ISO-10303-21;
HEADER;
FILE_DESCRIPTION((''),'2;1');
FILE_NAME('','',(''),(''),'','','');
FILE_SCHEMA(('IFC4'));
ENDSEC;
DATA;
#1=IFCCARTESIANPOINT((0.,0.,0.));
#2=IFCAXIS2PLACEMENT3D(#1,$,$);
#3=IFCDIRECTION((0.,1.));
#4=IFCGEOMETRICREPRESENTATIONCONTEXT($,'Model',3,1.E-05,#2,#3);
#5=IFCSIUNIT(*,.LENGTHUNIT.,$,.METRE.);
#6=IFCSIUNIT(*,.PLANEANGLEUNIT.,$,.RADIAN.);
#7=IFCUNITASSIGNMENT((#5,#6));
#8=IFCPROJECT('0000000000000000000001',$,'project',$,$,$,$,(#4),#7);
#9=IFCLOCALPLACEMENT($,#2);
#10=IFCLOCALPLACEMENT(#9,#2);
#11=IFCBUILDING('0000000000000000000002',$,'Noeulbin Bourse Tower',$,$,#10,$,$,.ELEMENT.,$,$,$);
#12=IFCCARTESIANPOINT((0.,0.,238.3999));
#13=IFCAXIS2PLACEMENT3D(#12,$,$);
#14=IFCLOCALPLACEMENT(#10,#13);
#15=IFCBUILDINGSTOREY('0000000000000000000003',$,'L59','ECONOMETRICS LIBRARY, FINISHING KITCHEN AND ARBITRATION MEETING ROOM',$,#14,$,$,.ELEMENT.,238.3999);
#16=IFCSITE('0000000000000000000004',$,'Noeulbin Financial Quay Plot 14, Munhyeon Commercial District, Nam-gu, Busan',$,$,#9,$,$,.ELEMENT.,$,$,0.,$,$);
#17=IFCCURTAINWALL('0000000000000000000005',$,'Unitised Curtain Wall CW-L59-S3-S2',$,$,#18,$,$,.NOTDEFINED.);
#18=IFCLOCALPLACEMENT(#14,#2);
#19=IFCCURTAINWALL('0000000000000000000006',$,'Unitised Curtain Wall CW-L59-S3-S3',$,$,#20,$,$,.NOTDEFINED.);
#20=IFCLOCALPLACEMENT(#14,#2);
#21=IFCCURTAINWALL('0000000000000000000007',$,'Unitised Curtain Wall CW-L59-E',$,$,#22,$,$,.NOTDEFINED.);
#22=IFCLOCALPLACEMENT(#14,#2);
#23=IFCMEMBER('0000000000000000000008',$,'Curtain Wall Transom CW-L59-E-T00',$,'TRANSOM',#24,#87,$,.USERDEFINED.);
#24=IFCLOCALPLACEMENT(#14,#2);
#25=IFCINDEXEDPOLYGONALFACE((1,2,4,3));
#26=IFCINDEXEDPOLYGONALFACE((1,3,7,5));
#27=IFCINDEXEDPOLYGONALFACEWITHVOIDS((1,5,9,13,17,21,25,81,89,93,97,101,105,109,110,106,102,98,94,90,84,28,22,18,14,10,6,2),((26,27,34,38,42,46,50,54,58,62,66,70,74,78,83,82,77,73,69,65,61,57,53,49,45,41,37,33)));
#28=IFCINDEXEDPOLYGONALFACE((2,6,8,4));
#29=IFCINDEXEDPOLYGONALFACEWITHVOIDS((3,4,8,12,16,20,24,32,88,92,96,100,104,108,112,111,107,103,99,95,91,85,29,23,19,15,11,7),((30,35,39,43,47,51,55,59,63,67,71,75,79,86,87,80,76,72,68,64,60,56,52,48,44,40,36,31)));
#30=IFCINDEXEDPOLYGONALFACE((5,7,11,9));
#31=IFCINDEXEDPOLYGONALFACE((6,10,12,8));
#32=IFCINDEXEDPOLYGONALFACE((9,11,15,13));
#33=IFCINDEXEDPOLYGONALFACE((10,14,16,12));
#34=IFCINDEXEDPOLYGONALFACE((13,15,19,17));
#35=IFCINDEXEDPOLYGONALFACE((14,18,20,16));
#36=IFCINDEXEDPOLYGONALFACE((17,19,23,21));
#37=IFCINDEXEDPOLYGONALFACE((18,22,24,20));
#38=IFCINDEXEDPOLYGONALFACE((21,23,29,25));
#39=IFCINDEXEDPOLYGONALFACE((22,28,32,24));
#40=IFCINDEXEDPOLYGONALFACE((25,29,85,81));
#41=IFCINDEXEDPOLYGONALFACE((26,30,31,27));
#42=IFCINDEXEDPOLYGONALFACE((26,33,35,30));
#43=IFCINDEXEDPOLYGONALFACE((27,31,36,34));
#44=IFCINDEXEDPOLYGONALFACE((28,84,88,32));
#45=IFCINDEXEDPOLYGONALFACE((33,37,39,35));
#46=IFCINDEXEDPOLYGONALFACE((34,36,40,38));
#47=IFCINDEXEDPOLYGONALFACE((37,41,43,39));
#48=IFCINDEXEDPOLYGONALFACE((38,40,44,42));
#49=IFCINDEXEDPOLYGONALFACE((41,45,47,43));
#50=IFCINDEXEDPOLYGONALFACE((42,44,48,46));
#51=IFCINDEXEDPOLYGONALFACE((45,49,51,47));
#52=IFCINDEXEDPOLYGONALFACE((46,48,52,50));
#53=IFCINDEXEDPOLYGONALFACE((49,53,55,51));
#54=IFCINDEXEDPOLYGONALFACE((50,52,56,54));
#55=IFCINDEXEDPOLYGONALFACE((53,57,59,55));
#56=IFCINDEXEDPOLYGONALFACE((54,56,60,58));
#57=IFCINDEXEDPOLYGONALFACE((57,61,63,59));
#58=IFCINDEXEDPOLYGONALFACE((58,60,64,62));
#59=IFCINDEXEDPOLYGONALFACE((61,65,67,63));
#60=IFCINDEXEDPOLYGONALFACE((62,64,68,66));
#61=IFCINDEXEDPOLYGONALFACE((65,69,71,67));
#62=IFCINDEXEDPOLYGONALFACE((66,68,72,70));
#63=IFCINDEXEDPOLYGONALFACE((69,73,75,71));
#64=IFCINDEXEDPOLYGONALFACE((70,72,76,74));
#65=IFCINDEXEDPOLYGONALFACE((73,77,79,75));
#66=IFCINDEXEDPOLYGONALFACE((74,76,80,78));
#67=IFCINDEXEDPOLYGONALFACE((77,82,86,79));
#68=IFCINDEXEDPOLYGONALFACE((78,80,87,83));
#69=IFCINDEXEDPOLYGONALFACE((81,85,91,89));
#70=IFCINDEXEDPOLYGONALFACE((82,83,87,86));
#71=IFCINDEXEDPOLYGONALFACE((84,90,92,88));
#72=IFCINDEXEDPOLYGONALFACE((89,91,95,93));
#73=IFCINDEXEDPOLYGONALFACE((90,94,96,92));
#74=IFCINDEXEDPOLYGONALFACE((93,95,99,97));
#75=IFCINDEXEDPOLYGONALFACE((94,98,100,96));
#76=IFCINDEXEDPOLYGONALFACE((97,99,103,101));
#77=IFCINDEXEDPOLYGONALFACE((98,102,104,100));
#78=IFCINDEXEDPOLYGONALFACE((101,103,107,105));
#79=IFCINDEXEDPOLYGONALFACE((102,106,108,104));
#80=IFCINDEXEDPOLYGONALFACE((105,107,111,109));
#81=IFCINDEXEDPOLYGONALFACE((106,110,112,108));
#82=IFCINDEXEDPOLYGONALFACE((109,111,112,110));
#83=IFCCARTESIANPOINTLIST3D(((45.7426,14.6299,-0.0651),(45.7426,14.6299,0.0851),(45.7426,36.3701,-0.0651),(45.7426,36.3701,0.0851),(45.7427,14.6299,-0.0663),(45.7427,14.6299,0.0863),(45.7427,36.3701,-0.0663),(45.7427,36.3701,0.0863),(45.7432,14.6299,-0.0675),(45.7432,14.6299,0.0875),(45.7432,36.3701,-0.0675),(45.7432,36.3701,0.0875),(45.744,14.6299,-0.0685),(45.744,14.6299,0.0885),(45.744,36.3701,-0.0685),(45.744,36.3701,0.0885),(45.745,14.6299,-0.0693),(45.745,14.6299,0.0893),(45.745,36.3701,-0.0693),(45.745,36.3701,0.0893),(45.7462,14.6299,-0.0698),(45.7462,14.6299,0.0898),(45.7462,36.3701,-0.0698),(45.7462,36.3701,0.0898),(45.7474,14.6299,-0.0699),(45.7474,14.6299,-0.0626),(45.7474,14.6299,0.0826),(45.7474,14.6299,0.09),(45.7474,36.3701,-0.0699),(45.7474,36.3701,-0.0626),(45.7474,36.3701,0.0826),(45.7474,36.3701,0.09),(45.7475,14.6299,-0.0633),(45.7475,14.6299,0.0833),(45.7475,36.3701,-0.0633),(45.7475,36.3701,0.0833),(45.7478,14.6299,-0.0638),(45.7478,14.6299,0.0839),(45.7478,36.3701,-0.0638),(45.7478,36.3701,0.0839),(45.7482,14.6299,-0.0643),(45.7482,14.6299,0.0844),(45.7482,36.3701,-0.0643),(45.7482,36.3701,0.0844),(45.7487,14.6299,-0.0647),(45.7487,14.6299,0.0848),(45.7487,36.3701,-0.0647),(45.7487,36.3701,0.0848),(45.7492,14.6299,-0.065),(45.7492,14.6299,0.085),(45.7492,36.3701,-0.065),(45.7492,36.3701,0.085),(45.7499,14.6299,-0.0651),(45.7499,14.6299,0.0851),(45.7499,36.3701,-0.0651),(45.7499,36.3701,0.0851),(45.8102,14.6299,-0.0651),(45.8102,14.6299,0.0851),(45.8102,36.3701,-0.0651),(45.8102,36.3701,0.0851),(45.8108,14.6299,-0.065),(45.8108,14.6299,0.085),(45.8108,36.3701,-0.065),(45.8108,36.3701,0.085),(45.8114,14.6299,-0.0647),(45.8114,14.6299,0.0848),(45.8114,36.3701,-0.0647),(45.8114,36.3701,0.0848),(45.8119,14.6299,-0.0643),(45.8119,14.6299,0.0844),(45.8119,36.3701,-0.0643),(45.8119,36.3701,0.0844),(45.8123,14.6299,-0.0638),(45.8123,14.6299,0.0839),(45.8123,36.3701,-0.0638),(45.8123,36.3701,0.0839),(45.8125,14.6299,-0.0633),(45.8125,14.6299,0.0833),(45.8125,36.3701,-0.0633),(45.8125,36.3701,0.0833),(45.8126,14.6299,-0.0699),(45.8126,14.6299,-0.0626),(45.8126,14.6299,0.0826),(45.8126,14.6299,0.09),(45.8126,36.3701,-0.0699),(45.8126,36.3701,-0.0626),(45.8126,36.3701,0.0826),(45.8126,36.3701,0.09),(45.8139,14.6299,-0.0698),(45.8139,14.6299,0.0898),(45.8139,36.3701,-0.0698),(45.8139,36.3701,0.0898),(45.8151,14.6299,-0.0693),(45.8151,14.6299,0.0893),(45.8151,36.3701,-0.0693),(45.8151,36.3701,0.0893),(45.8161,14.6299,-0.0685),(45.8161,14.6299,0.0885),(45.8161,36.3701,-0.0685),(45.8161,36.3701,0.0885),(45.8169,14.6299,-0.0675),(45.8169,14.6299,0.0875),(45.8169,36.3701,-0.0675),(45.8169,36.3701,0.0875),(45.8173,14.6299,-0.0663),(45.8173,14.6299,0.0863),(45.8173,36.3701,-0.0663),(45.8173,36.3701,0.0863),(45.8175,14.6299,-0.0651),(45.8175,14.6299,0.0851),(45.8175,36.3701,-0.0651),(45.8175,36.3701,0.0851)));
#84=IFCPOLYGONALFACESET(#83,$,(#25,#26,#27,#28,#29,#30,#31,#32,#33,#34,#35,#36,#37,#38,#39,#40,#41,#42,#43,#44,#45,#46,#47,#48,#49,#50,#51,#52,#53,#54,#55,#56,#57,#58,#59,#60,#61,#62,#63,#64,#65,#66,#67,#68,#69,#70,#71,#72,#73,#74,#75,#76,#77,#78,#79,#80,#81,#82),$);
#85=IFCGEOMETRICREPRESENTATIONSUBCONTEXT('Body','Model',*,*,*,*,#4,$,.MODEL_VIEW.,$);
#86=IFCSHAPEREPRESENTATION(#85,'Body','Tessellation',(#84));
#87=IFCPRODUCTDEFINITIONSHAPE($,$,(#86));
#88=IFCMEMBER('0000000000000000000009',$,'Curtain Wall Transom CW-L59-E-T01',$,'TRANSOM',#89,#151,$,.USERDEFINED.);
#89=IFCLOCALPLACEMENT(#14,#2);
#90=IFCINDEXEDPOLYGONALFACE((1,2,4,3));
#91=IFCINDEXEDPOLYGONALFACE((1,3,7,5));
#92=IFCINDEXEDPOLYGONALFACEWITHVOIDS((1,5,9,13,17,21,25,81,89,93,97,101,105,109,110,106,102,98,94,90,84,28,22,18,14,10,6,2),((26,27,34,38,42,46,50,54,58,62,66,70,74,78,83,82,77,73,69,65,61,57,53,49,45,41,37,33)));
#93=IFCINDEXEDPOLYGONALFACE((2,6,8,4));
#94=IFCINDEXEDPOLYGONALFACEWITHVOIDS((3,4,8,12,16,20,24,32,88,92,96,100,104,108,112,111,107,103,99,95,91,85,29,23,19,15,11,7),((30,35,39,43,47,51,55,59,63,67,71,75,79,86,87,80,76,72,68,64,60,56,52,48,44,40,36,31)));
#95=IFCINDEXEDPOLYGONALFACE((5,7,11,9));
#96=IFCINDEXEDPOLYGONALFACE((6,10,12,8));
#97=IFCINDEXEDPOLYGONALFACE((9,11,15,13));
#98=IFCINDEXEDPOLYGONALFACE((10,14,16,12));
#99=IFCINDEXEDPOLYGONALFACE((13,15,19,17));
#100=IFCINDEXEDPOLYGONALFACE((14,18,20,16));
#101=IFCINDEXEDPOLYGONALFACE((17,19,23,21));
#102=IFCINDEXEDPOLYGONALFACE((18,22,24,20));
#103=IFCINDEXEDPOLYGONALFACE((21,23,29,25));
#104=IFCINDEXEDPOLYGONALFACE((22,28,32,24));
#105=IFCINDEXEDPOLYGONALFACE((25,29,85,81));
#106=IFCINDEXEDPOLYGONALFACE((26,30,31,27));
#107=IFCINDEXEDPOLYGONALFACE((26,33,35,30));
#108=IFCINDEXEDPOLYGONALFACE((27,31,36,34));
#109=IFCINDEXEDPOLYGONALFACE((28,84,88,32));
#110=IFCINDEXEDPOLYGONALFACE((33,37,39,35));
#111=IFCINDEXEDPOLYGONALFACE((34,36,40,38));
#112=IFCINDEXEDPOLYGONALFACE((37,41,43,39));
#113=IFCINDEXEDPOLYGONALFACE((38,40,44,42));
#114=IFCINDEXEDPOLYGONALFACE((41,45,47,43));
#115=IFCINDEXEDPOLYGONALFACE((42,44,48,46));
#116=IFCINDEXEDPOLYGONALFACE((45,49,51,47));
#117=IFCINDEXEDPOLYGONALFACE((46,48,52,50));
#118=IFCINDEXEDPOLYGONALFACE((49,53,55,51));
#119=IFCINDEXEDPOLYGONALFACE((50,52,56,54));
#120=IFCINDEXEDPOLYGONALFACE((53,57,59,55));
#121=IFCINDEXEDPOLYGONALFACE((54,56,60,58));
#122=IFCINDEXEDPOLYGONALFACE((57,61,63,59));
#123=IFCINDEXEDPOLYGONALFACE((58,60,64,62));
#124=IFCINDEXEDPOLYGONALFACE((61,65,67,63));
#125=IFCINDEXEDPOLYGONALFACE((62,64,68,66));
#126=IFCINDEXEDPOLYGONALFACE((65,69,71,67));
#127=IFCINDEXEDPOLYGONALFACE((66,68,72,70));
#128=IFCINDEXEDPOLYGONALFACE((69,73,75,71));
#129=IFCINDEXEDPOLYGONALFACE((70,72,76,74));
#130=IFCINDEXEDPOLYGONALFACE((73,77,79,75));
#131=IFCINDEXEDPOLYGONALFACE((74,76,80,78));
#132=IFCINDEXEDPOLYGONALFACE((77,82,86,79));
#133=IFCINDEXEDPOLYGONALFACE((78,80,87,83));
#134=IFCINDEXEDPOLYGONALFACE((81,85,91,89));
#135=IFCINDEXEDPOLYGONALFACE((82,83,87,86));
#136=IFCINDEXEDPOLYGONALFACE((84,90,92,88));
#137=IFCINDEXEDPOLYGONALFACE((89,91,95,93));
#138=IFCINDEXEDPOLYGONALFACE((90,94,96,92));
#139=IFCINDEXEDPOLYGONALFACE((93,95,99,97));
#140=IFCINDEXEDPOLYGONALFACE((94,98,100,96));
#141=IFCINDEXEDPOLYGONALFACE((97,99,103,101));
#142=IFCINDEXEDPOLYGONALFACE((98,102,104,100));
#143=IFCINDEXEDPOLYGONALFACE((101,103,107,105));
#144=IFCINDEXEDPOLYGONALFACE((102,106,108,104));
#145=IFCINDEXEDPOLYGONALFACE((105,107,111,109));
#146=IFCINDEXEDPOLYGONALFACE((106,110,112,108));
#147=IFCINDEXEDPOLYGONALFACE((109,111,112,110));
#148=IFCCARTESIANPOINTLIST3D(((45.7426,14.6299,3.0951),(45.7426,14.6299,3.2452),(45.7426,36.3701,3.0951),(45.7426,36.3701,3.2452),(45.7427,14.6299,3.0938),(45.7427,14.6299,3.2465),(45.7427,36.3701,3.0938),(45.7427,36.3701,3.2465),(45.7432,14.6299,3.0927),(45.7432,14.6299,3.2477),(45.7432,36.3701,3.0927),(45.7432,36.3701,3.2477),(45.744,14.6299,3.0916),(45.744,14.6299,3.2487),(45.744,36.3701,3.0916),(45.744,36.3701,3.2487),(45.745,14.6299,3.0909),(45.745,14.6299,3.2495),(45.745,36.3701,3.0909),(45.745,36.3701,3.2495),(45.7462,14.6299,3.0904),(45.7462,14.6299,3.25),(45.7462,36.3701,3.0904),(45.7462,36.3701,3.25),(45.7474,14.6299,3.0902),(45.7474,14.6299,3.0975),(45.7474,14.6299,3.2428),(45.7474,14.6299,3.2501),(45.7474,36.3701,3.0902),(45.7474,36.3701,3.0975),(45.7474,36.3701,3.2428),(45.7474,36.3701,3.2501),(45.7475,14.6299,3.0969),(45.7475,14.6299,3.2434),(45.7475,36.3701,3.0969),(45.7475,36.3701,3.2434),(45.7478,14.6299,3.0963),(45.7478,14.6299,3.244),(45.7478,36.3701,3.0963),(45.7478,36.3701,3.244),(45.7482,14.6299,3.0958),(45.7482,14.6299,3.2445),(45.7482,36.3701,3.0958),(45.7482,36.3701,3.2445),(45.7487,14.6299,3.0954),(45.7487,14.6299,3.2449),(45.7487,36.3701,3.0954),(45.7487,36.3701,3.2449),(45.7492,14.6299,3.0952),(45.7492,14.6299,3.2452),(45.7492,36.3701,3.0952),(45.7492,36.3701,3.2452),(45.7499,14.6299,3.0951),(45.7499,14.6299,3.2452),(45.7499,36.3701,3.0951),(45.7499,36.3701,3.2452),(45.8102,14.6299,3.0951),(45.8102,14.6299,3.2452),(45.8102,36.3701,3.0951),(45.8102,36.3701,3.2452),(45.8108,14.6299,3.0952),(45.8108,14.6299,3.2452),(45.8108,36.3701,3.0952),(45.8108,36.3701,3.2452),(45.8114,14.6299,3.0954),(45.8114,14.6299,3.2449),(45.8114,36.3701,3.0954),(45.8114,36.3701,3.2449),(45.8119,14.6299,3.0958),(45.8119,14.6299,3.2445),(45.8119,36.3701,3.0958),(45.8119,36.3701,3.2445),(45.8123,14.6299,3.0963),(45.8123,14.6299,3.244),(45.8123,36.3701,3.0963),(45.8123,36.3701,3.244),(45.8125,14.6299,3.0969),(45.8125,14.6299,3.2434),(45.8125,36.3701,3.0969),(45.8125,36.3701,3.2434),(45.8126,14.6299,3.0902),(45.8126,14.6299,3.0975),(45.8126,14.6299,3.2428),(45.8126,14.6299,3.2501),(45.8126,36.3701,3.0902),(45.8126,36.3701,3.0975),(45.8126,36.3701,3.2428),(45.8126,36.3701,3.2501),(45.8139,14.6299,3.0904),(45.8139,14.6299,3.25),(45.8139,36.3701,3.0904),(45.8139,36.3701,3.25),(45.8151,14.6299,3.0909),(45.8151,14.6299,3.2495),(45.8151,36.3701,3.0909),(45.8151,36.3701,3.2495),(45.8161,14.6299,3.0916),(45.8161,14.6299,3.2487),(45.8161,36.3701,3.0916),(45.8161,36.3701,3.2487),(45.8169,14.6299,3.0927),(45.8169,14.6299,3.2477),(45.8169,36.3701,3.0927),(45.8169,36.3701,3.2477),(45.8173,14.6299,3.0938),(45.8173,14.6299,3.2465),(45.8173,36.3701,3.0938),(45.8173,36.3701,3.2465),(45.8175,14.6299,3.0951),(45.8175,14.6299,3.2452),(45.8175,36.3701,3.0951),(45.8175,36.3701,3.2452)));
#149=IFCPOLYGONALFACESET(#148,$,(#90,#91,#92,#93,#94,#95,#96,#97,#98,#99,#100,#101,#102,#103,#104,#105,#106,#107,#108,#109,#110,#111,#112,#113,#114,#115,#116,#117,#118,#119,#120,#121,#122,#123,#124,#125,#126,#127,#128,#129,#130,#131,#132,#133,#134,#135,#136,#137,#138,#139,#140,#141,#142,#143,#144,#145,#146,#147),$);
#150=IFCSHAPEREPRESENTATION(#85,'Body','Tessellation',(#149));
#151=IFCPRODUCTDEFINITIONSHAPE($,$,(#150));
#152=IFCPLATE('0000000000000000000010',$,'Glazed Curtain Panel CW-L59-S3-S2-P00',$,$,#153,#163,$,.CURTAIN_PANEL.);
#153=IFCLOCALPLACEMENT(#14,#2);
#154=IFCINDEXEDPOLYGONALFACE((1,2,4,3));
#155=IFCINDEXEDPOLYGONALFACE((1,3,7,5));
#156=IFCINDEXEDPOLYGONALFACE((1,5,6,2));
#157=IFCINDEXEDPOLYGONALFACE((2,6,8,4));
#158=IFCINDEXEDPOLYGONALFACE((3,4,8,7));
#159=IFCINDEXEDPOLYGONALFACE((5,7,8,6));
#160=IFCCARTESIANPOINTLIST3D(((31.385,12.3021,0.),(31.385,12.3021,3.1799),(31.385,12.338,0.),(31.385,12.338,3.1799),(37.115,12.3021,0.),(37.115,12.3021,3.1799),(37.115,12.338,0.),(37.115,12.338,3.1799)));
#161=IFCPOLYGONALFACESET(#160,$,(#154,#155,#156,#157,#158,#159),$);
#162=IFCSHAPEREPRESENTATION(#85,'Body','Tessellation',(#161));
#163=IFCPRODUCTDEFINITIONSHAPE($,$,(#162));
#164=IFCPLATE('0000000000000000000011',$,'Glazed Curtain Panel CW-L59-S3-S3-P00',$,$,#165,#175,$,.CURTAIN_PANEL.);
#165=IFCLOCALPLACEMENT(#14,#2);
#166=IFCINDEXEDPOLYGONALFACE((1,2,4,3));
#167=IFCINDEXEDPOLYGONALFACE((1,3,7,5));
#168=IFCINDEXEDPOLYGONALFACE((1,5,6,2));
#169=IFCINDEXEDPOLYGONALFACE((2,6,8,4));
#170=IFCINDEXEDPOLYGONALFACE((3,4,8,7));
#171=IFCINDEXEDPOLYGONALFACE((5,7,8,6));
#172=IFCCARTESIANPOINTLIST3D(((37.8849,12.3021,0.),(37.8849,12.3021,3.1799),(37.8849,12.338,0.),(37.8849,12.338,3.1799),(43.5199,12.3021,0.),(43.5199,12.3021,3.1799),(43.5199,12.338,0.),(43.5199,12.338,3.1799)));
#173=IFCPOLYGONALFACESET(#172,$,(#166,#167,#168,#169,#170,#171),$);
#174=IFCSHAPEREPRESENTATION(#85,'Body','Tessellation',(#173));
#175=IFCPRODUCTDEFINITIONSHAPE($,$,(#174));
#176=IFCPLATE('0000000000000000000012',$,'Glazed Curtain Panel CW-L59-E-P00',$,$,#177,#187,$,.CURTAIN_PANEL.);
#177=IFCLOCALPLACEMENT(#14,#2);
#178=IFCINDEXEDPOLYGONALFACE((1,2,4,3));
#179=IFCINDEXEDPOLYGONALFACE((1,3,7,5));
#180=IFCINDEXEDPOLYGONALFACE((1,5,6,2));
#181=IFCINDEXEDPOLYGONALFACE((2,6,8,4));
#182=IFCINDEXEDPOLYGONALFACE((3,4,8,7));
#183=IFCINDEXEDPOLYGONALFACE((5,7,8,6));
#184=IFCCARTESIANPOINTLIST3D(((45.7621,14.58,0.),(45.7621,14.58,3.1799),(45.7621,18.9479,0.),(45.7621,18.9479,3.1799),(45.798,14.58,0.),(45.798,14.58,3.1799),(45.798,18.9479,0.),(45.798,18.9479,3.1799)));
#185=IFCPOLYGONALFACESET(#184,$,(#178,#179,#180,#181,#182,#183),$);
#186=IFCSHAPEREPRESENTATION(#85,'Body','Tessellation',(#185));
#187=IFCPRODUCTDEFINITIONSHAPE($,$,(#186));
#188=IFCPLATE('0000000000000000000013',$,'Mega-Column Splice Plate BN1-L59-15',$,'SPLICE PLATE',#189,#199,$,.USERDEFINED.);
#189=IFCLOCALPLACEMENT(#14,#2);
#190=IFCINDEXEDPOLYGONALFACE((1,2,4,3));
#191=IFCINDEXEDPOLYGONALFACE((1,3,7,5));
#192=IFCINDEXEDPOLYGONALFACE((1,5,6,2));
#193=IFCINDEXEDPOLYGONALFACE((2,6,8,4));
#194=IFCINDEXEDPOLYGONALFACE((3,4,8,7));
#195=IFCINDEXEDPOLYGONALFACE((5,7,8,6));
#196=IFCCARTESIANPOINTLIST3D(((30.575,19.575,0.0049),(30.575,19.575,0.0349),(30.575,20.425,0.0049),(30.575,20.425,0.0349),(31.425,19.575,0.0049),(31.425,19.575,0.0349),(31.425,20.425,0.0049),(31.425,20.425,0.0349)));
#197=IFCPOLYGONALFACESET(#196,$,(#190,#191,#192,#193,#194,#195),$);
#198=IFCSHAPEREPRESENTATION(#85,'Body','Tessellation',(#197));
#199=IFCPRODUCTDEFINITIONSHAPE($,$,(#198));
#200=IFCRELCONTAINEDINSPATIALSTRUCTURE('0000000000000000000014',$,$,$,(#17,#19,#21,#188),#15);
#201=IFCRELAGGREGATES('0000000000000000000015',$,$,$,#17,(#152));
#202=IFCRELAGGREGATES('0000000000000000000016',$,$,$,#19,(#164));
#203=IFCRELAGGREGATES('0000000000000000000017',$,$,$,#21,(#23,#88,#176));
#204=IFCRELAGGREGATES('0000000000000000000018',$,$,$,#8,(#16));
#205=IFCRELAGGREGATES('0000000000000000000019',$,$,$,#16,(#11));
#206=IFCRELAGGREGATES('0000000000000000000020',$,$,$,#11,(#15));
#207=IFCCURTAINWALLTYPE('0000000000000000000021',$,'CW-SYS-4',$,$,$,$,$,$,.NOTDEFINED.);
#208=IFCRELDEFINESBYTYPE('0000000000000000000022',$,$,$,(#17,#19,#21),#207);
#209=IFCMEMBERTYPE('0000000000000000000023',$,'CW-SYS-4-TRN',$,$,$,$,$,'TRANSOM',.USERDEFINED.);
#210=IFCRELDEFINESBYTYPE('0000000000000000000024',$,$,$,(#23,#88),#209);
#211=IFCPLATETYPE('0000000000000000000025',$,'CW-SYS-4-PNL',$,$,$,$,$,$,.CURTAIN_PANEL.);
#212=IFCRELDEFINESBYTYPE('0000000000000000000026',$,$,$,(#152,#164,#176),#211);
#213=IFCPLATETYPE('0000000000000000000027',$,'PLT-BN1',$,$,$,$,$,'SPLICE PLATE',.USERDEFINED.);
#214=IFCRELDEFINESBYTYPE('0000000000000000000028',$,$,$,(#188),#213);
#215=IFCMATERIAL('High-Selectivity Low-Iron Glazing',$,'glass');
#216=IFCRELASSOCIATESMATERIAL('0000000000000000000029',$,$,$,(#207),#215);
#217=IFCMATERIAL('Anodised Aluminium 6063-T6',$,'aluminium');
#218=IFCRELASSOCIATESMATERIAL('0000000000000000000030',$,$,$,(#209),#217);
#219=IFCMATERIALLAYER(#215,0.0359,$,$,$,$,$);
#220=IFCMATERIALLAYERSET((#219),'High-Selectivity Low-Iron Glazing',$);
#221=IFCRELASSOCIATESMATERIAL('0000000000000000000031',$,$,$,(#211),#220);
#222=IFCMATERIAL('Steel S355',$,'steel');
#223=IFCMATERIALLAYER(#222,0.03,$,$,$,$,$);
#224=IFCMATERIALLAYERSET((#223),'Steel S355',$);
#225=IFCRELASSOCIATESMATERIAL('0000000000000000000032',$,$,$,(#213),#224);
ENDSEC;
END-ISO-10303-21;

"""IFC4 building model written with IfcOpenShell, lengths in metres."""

from ifc_helpers import new_model, si_unit, direction, frame, origin, origin_2d, place, context, subcontext, project, spatial, rectangle, hollow_rectangle, extrude, material, layer, layer_set, material_profile, profile_set, type_object, element, aggregate, save


model = new_model("IFC4")

# Units and contexts
model_context = context("Model", 3, precision=1e-05, world=origin(), true_north=direction((0.0, 1.0)))
body_context = subcontext(model_context, "Body", "Model", "MODEL_VIEW")
ifc_project = project(units=[si_unit("LENGTHUNIT", "METRE"), si_unit("PLANEANGLEUNIT", "RADIAN")], contexts=[model_context])

# Site, building, storey
site_placement = place(None, origin())
site = spatial("IfcSite", under=ifc_project, at=site_placement, Name="Noeulbin Financial Quay Plot 14, Munhyeon Commercial District, Nam-gu, Busan", CompositionType="ELEMENT", RefElevation=0.0)
building_placement = place(site_placement, origin())
building = spatial("IfcBuilding", under=site, at=building_placement, Name="Noeulbin Bourse Tower", CompositionType="ELEMENT")
storey_placement = place(building_placement, frame((0.0, 0.0, 238.3999)))
storey = spatial("IfcBuildingStorey", under=building, at=storey_placement, Name="L59", Description="ECONOMETRICS LIBRARY, FINISHING KITCHEN AND ARBITRATION MEETING ROOM", CompositionType="ELEMENT", Elevation=238.3999)

# Shared definitions
ifc_material_1 = material(Name="Steel S355", Category="steel")

# Curtain walls
ifc_material_2 = material(Name="High-Selectivity Low-Iron Glazing", Category="glass")
curtain_wall_type = type_object("IfcCurtainWallType", Name="CW-SYS-4", PredefinedType="NOTDEFINED", material=ifc_material_2)
curtain_wall_1_placement = place(storey_placement, origin())
curtain_wall_1 = element("IfcCurtainWall", 1, at=curtain_wall_1_placement, inside=storey, type_object=curtain_wall_type, Name="Unitised Curtain Wall CW-L59-S3-S2", PredefinedType="NOTDEFINED")
ifc_material_3 = material(Name="Anodised Aluminium 6063-T6", Category="aluminium")
curtain_wall_2_placement = place(storey_placement, origin())
curtain_wall_2 = element("IfcCurtainWall", 2, at=curtain_wall_2_placement, inside=storey, type_object=curtain_wall_type, Name="Unitised Curtain Wall CW-L59-S3-S3", PredefinedType="NOTDEFINED")
curtain_wall_3_placement = place(storey_placement, origin())
curtain_wall_3 = element("IfcCurtainWall", 3, at=curtain_wall_3_placement, inside=storey, type_object=curtain_wall_type, Name="Unitised Curtain Wall CW-L59-E", PredefinedType="NOTDEFINED")

# Members
ifc_material_profile_1 = material_profile(ifc_material_3, hollow_rectangle(XDim=0.075, YDim=0.1599, WallThickness=0.0049, InnerFilletRadius=0.0024, OuterFilletRadius=0.0049, at=origin_2d()), Name="ALU-TRAN-75x160x5", Category="LoadBearing")
ifc_profile_set_1 = profile_set([ifc_material_profile_1], Name="Anodised Aluminium 6063-T6")
member_type_1 = type_object("IfcMemberType", Name="CW-SYS-4-TRN", ElementType="TRANSOM", PredefinedType="USERDEFINED", material=ifc_profile_set_1)
member_1_placement = place(storey_placement, frame((45.78, 14.6299, 0.01), z_axis=(0.0, 1.0, 0.0), x_axis=(-1.0, 0.0, 0.0)))
member_1 = element("IfcMember", 4, at=member_1_placement, type_object=member_type_1, Name="Curtain Wall Transom CW-L59-E-T00", ObjectType="TRANSOM", PredefinedType="USERDEFINED", context=body_context, shape_type="SweptSolid", body=[
    extrude(hollow_rectangle(XDim=0.075, YDim=0.1599, WallThickness=0.0049, InnerFilletRadius=0.0024, OuterFilletRadius=0.0049, at=origin_2d()), origin(), (0.0, 0.0, 1.0), 21.7402),
])
member_2_placement = place(storey_placement, frame((45.78, 14.6299, 3.1702), z_axis=(0.0, 1.0, 0.0), x_axis=(-1.0, 0.0, 0.0)))
member_2 = element("IfcMember", 5, at=member_2_placement, type_object=member_type_1, Name="Curtain Wall Transom CW-L59-E-T01", ObjectType="TRANSOM", PredefinedType="USERDEFINED", context=body_context, shape_type="SweptSolid", body=[
    extrude(hollow_rectangle(XDim=0.075, YDim=0.1599, WallThickness=0.0049, InnerFilletRadius=0.0024, OuterFilletRadius=0.0049, at=origin_2d()), origin(), (0.0, 0.0, 1.0), 21.7402),
])

# Plates
ifc_layer_1 = layer(ifc_material_2, 0.0359)
ifc_layer_set_1 = layer_set([ifc_layer_1], Name="High-Selectivity Low-Iron Glazing")
plate_type_1 = type_object("IfcPlateType", Name="CW-SYS-4-PNL", PredefinedType="CURTAIN_PANEL", material=ifc_layer_set_1)
plate_1_placement = place(storey_placement, frame((34.25, 12.3201, 0.0), z_axis=(0.0, 0.0, 1.0), x_axis=(1.0, 0.0, 0.0)))
plate_1 = element("IfcPlate", 6, at=plate_1_placement, type_object=plate_type_1, Name="Glazed Curtain Panel CW-L59-S3-S2-P00", PredefinedType="CURTAIN_PANEL", context=body_context, shape_type="SweptSolid", body=[
    extrude(rectangle(XDim=5.73, YDim=0.0359, at=origin_2d()), origin(), (0.0, 0.0, 1.0), 3.1799),
])
aggregate(curtain_wall_1, [plate_1])
plate_2_placement = place(storey_placement, frame((40.7024, 12.3201, 0.0), z_axis=(0.0, 0.0, 1.0), x_axis=(1.0, 0.0, 0.0)))
plate_2 = element("IfcPlate", 7, at=plate_2_placement, type_object=plate_type_1, Name="Glazed Curtain Panel CW-L59-S3-S3-P00", PredefinedType="CURTAIN_PANEL", context=body_context, shape_type="SweptSolid", body=[
    extrude(rectangle(XDim=5.635, YDim=0.0359, at=origin_2d()), origin(), (0.0, 0.0, 1.0), 3.1799),
])
aggregate(curtain_wall_2, [plate_2])
plate_3_placement = place(storey_placement, frame((45.78, 16.7639, 0.0), z_axis=(0.0, 0.0, 1.0), x_axis=(0.0, 1.0, 0.0)))
plate_3 = element("IfcPlate", 8, at=plate_3_placement, type_object=plate_type_1, Name="Glazed Curtain Panel CW-L59-E-P00", PredefinedType="CURTAIN_PANEL", context=body_context, shape_type="SweptSolid", body=[
    extrude(rectangle(XDim=4.3679, YDim=0.0359, at=origin_2d()), origin(), (0.0, 0.0, 1.0), 3.1799),
])
aggregate(curtain_wall_3, [member_1, member_2, plate_3])

# Plate
ifc_layer_2 = layer(ifc_material_1, 0.03)
ifc_layer_set_2 = layer_set([ifc_layer_2], Name="Steel S355")
plate_type_2 = type_object("IfcPlateType", Name="PLT-BN1", ElementType="SPLICE PLATE", PredefinedType="USERDEFINED", material=ifc_layer_set_2)
for number, where, z_axis, x_axis, name in (
    (9, (31.0, 20.0, 0.0049), (0.0, 0.0, 1.0), (1.0, 0.0, 0.0), "Mega-Column Splice Plate BN1-L59-15"),
):
    element("IfcPlate", number, at=place(storey_placement, frame(where, z_axis=z_axis, x_axis=x_axis)), inside=storey, type_object=plate_type_2, Name=name, ObjectType="SPLICE PLATE", PredefinedType="USERDEFINED", context=body_context, shape_type="SweptSolid", body=[
        extrude(rectangle(XDim=0.8501, YDim=0.8501, at=origin_2d()), origin(), (0.0, 0.0, 1.0), 0.03),
    ])

save(model, "model.ifc")
